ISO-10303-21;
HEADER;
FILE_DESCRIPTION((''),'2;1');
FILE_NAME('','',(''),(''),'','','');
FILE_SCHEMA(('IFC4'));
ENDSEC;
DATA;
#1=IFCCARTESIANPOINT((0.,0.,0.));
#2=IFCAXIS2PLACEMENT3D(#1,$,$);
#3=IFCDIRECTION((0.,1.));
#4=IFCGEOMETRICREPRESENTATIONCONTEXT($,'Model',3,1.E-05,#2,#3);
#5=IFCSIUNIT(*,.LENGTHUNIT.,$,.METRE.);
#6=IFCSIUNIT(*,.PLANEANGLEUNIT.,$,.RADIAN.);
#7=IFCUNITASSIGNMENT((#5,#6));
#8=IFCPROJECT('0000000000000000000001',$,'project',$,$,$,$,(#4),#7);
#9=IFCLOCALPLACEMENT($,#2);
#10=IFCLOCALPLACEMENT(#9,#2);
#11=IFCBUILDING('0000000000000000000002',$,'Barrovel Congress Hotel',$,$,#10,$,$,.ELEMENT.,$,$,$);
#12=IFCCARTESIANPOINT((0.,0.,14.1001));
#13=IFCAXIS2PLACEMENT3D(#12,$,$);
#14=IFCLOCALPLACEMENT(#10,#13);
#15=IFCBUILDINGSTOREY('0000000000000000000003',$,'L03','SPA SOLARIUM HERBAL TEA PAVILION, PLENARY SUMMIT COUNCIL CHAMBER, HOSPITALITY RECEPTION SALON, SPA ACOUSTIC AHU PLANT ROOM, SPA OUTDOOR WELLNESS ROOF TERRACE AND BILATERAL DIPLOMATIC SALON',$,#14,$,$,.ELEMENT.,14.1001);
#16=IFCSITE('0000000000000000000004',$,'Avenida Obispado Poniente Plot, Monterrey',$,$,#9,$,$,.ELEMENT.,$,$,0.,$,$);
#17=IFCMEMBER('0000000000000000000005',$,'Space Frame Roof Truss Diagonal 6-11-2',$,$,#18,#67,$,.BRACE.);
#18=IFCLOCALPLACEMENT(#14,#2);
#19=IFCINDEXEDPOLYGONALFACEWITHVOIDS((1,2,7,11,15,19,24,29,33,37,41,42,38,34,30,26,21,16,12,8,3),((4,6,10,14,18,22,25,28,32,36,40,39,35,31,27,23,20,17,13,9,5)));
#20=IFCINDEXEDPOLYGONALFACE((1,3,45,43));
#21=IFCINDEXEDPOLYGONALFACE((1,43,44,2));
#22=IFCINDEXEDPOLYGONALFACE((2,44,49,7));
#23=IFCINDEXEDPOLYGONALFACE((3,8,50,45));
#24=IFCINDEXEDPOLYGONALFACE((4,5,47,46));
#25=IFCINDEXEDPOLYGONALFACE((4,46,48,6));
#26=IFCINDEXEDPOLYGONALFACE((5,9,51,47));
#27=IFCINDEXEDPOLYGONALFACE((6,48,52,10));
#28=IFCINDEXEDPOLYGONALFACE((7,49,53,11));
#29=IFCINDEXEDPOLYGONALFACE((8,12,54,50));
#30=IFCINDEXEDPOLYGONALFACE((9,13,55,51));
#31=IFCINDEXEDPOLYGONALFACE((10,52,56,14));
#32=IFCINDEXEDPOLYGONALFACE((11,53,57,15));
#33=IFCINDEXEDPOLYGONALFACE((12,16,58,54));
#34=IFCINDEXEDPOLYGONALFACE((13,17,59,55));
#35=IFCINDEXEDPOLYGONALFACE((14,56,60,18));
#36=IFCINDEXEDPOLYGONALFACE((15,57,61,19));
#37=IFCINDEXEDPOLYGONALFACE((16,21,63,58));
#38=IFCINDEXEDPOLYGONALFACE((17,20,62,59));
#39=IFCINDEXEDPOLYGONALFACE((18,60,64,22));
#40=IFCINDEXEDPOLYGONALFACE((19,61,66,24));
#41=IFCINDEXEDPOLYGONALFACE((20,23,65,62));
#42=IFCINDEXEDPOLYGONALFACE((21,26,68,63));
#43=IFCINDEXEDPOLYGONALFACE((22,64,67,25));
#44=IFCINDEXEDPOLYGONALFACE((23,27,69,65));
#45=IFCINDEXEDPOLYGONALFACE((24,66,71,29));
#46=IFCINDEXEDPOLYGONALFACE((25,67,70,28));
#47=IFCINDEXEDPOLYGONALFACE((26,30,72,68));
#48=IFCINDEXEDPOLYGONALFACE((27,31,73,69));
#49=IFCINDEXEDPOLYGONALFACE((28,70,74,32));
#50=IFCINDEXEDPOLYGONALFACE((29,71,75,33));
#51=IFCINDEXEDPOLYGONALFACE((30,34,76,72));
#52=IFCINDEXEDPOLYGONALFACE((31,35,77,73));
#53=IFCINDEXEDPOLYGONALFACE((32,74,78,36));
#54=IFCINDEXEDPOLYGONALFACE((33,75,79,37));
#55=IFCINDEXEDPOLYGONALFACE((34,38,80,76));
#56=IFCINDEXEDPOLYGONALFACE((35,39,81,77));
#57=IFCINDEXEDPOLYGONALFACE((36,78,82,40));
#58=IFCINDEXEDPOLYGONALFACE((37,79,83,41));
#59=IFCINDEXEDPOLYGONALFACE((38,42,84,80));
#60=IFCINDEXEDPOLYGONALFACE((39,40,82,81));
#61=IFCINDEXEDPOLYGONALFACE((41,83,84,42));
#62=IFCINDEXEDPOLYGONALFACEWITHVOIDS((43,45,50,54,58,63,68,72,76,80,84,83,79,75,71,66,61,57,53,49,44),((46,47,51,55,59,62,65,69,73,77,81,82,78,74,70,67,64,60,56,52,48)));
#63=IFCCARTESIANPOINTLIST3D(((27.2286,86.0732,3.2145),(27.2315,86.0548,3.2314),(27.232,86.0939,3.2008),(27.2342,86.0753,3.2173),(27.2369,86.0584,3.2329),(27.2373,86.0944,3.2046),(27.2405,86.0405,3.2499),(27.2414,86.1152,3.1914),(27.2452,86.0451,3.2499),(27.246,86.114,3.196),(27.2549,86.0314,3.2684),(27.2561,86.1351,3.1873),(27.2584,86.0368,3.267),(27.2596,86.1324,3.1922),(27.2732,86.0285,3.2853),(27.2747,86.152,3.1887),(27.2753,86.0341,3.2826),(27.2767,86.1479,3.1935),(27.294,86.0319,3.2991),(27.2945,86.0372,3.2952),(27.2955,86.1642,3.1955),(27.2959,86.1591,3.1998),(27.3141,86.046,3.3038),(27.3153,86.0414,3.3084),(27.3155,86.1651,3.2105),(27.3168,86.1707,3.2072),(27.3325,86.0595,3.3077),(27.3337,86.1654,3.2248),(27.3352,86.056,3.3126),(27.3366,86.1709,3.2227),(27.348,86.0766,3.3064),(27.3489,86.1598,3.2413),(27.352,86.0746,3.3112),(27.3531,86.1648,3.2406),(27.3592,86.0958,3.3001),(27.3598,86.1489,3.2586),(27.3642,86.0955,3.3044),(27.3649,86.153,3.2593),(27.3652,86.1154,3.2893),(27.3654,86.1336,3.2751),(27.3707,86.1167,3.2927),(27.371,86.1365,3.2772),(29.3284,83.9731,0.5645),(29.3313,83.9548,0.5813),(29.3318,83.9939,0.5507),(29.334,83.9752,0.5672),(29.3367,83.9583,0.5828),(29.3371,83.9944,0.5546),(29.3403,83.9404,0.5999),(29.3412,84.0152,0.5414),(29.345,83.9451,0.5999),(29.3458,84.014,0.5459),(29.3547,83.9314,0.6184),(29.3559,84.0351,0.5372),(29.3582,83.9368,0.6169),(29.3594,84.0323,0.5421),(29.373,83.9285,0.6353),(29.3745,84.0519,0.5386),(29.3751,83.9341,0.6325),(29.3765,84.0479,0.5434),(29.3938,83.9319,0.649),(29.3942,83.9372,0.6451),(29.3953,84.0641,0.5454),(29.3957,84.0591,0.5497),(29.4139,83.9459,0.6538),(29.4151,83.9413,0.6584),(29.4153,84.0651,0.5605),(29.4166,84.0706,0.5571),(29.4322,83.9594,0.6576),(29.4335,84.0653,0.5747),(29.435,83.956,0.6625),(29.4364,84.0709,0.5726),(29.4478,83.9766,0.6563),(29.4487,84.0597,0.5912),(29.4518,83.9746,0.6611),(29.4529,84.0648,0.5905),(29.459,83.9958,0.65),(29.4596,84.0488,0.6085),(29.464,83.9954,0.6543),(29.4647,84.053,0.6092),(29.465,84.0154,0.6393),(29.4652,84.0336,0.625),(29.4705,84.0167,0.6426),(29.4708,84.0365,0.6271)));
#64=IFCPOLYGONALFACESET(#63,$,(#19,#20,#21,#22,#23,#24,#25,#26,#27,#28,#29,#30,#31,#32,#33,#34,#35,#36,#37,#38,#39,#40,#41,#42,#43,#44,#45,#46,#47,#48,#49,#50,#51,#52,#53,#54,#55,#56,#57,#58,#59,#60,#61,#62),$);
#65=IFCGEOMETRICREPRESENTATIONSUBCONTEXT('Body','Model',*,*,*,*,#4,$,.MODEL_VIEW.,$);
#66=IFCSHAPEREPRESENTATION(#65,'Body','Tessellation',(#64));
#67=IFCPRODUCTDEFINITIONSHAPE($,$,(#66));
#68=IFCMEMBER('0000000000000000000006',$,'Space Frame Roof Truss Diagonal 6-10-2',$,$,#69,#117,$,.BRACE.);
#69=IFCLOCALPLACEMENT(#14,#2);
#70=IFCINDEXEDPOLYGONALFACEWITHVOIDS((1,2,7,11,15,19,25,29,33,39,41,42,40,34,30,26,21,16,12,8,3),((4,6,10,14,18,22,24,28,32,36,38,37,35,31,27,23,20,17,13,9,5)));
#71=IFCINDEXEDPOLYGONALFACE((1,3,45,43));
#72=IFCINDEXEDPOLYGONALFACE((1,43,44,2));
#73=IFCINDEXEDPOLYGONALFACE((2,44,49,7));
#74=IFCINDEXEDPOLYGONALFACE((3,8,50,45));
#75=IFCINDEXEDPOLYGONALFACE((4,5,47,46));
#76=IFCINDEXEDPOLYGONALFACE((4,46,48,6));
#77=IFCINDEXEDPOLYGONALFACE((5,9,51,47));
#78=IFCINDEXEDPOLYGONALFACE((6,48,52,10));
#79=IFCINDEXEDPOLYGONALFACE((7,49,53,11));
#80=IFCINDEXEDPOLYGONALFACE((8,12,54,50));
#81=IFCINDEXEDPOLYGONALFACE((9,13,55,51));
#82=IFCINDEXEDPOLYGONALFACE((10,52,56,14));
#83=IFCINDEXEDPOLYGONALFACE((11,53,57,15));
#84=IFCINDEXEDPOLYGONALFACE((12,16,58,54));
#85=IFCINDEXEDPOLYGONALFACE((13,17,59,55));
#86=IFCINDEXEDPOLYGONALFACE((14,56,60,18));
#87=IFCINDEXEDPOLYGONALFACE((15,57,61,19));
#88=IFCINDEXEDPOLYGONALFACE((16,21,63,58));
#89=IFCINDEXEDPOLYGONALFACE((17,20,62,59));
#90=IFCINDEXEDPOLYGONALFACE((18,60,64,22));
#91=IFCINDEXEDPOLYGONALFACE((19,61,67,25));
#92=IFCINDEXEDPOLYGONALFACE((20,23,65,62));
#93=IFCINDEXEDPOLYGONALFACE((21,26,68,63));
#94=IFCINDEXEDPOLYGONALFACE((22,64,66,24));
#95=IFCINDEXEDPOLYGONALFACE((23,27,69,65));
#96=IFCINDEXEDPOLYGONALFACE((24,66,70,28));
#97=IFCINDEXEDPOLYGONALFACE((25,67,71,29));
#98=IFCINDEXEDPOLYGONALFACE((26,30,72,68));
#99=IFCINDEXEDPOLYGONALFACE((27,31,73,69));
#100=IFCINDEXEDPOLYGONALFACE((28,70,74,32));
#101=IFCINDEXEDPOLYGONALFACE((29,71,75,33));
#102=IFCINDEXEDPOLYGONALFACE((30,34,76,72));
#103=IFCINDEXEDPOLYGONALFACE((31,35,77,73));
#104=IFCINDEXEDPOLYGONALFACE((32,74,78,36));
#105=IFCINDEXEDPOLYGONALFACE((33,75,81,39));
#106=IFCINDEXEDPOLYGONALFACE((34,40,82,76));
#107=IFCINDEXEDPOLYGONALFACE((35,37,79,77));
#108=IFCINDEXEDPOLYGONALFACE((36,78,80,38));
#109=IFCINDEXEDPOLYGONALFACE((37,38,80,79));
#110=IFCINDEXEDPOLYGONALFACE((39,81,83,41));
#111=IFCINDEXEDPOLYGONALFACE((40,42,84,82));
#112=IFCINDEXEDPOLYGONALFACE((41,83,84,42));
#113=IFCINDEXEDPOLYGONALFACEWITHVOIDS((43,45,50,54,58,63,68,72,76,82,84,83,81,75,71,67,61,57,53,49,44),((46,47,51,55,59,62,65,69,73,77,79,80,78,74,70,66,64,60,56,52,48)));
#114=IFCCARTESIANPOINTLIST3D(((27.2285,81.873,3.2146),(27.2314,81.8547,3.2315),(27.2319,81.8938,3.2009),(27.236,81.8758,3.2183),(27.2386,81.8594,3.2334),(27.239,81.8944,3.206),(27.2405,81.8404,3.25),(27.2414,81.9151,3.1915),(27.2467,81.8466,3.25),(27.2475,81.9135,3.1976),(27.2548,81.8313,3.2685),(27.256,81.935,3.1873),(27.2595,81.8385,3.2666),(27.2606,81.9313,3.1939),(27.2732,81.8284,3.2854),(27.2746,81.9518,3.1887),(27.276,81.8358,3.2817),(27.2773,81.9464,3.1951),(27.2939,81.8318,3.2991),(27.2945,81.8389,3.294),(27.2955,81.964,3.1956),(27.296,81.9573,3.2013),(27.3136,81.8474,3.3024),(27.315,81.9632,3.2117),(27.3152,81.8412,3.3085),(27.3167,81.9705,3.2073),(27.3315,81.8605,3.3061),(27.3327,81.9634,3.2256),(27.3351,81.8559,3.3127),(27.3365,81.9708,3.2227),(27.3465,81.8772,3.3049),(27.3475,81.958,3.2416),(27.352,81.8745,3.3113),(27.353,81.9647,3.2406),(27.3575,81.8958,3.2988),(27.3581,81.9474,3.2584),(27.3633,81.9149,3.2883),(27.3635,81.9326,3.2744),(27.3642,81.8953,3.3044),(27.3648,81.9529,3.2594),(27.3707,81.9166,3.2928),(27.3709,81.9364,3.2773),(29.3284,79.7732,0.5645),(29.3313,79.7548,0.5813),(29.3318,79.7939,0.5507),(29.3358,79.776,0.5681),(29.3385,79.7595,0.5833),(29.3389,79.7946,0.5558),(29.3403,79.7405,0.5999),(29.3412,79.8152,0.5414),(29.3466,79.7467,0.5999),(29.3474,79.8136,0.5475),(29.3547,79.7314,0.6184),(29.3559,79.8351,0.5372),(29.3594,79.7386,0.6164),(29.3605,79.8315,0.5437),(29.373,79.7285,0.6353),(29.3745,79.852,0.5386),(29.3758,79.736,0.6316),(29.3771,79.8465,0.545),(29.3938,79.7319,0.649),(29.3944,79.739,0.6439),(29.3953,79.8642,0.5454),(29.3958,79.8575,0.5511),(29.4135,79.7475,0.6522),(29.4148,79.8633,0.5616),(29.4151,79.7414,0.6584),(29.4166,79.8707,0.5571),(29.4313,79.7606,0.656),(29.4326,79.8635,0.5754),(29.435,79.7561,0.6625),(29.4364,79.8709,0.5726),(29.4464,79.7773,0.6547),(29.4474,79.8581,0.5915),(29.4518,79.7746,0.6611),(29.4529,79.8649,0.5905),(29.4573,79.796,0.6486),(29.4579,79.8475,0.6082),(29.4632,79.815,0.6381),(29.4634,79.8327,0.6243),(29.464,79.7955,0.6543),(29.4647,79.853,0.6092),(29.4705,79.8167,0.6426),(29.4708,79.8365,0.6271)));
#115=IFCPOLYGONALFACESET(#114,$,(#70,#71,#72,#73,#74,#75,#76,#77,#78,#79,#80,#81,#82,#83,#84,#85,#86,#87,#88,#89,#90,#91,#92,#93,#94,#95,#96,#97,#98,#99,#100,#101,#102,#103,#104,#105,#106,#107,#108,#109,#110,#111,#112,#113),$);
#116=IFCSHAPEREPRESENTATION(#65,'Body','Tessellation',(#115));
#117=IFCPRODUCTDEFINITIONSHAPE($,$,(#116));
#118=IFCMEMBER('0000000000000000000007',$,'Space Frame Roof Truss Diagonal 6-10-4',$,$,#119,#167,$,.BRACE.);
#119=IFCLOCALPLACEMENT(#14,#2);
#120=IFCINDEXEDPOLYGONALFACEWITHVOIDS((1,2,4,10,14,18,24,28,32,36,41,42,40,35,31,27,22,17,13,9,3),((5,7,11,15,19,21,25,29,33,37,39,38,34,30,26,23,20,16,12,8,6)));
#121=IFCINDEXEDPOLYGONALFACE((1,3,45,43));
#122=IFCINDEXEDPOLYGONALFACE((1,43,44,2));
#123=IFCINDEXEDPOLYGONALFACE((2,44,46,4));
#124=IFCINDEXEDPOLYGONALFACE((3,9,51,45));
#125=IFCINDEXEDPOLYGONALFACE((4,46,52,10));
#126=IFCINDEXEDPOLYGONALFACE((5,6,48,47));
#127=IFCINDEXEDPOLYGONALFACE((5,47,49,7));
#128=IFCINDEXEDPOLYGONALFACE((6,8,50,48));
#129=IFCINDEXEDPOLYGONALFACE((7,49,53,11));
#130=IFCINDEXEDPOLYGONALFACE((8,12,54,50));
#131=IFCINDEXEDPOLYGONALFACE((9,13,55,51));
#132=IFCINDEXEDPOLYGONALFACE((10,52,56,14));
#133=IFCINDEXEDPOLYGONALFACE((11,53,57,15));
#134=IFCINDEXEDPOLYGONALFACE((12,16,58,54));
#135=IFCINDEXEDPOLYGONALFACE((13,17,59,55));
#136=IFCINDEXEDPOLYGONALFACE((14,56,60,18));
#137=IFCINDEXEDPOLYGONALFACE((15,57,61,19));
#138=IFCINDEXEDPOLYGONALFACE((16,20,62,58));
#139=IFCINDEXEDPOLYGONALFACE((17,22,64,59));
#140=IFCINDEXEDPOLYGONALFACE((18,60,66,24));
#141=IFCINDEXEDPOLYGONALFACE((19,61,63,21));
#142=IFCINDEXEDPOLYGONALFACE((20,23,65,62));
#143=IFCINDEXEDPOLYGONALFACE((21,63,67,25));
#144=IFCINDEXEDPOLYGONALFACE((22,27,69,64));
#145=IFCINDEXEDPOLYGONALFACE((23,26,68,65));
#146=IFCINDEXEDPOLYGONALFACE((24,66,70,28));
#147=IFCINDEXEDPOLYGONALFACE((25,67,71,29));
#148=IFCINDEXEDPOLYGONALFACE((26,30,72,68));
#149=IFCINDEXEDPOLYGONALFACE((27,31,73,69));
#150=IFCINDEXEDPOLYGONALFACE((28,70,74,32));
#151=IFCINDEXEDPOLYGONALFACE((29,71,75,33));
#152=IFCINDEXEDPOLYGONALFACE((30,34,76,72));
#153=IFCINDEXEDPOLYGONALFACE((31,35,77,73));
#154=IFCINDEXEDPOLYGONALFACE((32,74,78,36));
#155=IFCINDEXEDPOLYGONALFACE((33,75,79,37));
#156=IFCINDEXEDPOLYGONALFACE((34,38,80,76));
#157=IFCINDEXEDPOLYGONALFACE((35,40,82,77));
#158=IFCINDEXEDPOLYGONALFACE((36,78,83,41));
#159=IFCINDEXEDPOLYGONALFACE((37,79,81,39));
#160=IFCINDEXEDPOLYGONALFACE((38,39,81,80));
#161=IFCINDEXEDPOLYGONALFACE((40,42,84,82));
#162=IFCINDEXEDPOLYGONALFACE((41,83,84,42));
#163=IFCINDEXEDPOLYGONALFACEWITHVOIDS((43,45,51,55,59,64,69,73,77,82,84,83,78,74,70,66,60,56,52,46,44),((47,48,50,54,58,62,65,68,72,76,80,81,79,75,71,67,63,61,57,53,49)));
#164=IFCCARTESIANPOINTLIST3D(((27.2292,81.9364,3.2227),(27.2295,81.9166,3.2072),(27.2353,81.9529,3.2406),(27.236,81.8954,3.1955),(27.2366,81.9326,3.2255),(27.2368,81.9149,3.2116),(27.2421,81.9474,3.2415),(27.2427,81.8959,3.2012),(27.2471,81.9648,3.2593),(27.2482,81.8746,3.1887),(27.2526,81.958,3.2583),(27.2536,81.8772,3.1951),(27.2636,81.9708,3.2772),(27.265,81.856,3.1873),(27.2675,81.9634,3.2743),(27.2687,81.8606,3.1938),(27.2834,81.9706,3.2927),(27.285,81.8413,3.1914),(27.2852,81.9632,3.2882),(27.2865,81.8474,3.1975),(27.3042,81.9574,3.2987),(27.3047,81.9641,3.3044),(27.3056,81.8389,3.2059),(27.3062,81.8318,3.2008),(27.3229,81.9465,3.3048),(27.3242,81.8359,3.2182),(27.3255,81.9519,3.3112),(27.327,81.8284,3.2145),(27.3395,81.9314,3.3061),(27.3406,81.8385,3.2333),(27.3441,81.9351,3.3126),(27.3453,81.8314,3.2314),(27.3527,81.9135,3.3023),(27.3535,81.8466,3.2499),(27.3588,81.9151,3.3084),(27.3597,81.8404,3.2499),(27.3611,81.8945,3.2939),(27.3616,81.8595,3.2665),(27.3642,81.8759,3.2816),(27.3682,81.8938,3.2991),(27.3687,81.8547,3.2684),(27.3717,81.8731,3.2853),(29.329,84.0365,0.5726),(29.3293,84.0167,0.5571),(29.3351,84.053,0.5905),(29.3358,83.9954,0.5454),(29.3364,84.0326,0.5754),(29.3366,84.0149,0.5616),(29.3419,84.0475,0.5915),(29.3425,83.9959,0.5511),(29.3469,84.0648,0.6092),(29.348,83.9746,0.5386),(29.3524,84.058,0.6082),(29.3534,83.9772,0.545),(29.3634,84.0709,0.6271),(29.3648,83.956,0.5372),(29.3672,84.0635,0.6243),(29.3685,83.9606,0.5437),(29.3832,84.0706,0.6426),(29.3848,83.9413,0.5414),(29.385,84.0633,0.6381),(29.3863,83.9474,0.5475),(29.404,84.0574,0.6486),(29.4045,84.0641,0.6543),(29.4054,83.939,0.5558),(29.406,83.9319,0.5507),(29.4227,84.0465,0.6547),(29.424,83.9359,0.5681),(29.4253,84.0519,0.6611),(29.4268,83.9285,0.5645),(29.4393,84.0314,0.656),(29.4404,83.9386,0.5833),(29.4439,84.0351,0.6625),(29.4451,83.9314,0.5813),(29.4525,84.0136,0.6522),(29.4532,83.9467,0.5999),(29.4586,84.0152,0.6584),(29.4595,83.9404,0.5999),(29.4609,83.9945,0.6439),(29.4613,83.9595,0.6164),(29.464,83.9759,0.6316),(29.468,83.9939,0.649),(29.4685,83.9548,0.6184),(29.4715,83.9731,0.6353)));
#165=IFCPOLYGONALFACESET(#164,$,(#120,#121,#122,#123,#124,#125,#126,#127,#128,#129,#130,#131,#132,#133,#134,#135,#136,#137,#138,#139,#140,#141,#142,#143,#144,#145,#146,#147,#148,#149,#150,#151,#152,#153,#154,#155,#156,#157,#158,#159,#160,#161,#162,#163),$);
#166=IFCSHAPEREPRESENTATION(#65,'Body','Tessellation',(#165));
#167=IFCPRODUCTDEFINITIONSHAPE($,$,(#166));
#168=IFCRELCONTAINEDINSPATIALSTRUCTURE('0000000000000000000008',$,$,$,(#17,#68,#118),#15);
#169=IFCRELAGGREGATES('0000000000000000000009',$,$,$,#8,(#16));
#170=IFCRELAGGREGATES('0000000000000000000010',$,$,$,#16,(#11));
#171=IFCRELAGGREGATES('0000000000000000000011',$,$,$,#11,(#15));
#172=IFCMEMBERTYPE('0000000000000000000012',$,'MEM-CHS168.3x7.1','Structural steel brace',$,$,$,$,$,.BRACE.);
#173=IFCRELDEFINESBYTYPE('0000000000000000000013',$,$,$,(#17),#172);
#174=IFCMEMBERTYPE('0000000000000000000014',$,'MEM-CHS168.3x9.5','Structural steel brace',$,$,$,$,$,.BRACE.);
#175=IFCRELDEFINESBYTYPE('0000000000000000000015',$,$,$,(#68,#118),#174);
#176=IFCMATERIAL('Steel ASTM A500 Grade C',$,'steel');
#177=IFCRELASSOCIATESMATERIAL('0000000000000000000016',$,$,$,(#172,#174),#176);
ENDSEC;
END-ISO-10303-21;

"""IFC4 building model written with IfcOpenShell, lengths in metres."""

from ifc_helpers import new_model, si_unit, direction, frame, origin, origin_2d, place, context, subcontext, project, spatial, hollow_circle, extrude, material, material_profile, profile_set, type_object, element, save


model = new_model("IFC4")

# Units and contexts
model_context = context("Model", 3, precision=1e-05, world=origin(), true_north=direction((0.0, 1.0)))
body_context = subcontext(model_context, "Body", "Model", "MODEL_VIEW")
ifc_project = project(units=[si_unit("LENGTHUNIT", "METRE"), si_unit("PLANEANGLEUNIT", "RADIAN")], contexts=[model_context])

# Site, building, storey
site_placement = place(None, origin())
site = spatial("IfcSite", under=ifc_project, at=site_placement, Name="Avenida Obispado Poniente Plot, Monterrey", CompositionType="ELEMENT", RefElevation=0.0)
building_placement = place(site_placement, origin())
building = spatial("IfcBuilding", under=site, at=building_placement, Name="Barrovel Congress Hotel", CompositionType="ELEMENT")
storey_placement = place(building_placement, frame((0.0, 0.0, 14.1001)))
storey = spatial("IfcBuildingStorey", under=building, at=storey_placement, Name="L03", Description="SPA SOLARIUM HERBAL TEA PAVILION, PLENARY SUMMIT COUNCIL CHAMBER, HOSPITALITY RECEPTION SALON, SPA ACOUSTIC AHU PLANT ROOM, SPA OUTDOOR WELLNESS ROOF TERRACE AND BILATERAL DIPLOMATIC SALON", CompositionType="ELEMENT", Elevation=14.1001)

# Members
ifc_material_1 = material(Name="Steel ASTM A500 Grade C", Category="steel")
ifc_material_profile_1 = material_profile(ifc_material_1, hollow_circle(Radius=0.0842, WallThickness=0.0066, at=origin_2d()), Name="CHS168.3x7.1")
ifc_profile_set_1 = profile_set([ifc_material_profile_1], Name="Steel ASTM A500 Grade C")
member_type_1 = type_object("IfcMemberType", Name="MEM-CHS168.3x7.1", Description="Structural steel brace", PredefinedType="BRACE", material=ifc_profile_set_1)
member_1_placement = place(storey_placement, frame((29.3999, 84.0, 0.5999), z_axis=(-0.527557, 0.527618, 0.66581), x_axis=(-0.707148, -0.707066, 0.0)))
element("IfcMember", 1, at=member_1_placement, inside=storey, type_object=member_type_1, Name="Space Frame Roof Truss Diagonal 6-11-2", PredefinedType="BRACE", context=body_context, shape_type="SweptSolid", body=[
    extrude(hollow_circle(Radius=0.0842, WallThickness=0.0066, at=origin_2d()), origin(), (0.0, 0.0, 1.0), 3.9802),
])
ifc_material_profile_2 = material_profile(ifc_material_1, hollow_circle(Radius=0.0842, WallThickness=0.0088, at=origin_2d()), Name="CHS168.3x9.5")
ifc_profile_set_2 = profile_set([ifc_material_profile_2], Name="Steel ASTM A500 Grade C")
member_type_2 = type_object("IfcMemberType", Name="MEM-CHS168.3x9.5", Description="Structural steel brace", PredefinedType="BRACE", material=ifc_profile_set_2)
for number, where, z_axis, x_axis, name in (
    (2, (29.3999, 79.8, 0.5999), (-0.527574, 0.527574, 0.665831), (-0.707107, -0.707107, 0.0), "Space Frame Roof Truss Diagonal 6-10-2"),
    (3, (29.3999, 84.0, 0.5999), (-0.527557, -0.527618, 0.66581), (0.707148, -0.707066, 0.0), "Space Frame Roof Truss Diagonal 6-10-4"),
):
    element("IfcMember", number, at=place(storey_placement, frame(where, z_axis=z_axis, x_axis=x_axis)), inside=storey, type_object=member_type_2, Name=name, PredefinedType="BRACE", context=body_context, shape_type="SweptSolid", body=[
        extrude(hollow_circle(Radius=0.0842, WallThickness=0.0088, at=origin_2d()), origin(), (0.0, 0.0, 1.0), 3.9802),
    ])

save(model, "model.ifc")
